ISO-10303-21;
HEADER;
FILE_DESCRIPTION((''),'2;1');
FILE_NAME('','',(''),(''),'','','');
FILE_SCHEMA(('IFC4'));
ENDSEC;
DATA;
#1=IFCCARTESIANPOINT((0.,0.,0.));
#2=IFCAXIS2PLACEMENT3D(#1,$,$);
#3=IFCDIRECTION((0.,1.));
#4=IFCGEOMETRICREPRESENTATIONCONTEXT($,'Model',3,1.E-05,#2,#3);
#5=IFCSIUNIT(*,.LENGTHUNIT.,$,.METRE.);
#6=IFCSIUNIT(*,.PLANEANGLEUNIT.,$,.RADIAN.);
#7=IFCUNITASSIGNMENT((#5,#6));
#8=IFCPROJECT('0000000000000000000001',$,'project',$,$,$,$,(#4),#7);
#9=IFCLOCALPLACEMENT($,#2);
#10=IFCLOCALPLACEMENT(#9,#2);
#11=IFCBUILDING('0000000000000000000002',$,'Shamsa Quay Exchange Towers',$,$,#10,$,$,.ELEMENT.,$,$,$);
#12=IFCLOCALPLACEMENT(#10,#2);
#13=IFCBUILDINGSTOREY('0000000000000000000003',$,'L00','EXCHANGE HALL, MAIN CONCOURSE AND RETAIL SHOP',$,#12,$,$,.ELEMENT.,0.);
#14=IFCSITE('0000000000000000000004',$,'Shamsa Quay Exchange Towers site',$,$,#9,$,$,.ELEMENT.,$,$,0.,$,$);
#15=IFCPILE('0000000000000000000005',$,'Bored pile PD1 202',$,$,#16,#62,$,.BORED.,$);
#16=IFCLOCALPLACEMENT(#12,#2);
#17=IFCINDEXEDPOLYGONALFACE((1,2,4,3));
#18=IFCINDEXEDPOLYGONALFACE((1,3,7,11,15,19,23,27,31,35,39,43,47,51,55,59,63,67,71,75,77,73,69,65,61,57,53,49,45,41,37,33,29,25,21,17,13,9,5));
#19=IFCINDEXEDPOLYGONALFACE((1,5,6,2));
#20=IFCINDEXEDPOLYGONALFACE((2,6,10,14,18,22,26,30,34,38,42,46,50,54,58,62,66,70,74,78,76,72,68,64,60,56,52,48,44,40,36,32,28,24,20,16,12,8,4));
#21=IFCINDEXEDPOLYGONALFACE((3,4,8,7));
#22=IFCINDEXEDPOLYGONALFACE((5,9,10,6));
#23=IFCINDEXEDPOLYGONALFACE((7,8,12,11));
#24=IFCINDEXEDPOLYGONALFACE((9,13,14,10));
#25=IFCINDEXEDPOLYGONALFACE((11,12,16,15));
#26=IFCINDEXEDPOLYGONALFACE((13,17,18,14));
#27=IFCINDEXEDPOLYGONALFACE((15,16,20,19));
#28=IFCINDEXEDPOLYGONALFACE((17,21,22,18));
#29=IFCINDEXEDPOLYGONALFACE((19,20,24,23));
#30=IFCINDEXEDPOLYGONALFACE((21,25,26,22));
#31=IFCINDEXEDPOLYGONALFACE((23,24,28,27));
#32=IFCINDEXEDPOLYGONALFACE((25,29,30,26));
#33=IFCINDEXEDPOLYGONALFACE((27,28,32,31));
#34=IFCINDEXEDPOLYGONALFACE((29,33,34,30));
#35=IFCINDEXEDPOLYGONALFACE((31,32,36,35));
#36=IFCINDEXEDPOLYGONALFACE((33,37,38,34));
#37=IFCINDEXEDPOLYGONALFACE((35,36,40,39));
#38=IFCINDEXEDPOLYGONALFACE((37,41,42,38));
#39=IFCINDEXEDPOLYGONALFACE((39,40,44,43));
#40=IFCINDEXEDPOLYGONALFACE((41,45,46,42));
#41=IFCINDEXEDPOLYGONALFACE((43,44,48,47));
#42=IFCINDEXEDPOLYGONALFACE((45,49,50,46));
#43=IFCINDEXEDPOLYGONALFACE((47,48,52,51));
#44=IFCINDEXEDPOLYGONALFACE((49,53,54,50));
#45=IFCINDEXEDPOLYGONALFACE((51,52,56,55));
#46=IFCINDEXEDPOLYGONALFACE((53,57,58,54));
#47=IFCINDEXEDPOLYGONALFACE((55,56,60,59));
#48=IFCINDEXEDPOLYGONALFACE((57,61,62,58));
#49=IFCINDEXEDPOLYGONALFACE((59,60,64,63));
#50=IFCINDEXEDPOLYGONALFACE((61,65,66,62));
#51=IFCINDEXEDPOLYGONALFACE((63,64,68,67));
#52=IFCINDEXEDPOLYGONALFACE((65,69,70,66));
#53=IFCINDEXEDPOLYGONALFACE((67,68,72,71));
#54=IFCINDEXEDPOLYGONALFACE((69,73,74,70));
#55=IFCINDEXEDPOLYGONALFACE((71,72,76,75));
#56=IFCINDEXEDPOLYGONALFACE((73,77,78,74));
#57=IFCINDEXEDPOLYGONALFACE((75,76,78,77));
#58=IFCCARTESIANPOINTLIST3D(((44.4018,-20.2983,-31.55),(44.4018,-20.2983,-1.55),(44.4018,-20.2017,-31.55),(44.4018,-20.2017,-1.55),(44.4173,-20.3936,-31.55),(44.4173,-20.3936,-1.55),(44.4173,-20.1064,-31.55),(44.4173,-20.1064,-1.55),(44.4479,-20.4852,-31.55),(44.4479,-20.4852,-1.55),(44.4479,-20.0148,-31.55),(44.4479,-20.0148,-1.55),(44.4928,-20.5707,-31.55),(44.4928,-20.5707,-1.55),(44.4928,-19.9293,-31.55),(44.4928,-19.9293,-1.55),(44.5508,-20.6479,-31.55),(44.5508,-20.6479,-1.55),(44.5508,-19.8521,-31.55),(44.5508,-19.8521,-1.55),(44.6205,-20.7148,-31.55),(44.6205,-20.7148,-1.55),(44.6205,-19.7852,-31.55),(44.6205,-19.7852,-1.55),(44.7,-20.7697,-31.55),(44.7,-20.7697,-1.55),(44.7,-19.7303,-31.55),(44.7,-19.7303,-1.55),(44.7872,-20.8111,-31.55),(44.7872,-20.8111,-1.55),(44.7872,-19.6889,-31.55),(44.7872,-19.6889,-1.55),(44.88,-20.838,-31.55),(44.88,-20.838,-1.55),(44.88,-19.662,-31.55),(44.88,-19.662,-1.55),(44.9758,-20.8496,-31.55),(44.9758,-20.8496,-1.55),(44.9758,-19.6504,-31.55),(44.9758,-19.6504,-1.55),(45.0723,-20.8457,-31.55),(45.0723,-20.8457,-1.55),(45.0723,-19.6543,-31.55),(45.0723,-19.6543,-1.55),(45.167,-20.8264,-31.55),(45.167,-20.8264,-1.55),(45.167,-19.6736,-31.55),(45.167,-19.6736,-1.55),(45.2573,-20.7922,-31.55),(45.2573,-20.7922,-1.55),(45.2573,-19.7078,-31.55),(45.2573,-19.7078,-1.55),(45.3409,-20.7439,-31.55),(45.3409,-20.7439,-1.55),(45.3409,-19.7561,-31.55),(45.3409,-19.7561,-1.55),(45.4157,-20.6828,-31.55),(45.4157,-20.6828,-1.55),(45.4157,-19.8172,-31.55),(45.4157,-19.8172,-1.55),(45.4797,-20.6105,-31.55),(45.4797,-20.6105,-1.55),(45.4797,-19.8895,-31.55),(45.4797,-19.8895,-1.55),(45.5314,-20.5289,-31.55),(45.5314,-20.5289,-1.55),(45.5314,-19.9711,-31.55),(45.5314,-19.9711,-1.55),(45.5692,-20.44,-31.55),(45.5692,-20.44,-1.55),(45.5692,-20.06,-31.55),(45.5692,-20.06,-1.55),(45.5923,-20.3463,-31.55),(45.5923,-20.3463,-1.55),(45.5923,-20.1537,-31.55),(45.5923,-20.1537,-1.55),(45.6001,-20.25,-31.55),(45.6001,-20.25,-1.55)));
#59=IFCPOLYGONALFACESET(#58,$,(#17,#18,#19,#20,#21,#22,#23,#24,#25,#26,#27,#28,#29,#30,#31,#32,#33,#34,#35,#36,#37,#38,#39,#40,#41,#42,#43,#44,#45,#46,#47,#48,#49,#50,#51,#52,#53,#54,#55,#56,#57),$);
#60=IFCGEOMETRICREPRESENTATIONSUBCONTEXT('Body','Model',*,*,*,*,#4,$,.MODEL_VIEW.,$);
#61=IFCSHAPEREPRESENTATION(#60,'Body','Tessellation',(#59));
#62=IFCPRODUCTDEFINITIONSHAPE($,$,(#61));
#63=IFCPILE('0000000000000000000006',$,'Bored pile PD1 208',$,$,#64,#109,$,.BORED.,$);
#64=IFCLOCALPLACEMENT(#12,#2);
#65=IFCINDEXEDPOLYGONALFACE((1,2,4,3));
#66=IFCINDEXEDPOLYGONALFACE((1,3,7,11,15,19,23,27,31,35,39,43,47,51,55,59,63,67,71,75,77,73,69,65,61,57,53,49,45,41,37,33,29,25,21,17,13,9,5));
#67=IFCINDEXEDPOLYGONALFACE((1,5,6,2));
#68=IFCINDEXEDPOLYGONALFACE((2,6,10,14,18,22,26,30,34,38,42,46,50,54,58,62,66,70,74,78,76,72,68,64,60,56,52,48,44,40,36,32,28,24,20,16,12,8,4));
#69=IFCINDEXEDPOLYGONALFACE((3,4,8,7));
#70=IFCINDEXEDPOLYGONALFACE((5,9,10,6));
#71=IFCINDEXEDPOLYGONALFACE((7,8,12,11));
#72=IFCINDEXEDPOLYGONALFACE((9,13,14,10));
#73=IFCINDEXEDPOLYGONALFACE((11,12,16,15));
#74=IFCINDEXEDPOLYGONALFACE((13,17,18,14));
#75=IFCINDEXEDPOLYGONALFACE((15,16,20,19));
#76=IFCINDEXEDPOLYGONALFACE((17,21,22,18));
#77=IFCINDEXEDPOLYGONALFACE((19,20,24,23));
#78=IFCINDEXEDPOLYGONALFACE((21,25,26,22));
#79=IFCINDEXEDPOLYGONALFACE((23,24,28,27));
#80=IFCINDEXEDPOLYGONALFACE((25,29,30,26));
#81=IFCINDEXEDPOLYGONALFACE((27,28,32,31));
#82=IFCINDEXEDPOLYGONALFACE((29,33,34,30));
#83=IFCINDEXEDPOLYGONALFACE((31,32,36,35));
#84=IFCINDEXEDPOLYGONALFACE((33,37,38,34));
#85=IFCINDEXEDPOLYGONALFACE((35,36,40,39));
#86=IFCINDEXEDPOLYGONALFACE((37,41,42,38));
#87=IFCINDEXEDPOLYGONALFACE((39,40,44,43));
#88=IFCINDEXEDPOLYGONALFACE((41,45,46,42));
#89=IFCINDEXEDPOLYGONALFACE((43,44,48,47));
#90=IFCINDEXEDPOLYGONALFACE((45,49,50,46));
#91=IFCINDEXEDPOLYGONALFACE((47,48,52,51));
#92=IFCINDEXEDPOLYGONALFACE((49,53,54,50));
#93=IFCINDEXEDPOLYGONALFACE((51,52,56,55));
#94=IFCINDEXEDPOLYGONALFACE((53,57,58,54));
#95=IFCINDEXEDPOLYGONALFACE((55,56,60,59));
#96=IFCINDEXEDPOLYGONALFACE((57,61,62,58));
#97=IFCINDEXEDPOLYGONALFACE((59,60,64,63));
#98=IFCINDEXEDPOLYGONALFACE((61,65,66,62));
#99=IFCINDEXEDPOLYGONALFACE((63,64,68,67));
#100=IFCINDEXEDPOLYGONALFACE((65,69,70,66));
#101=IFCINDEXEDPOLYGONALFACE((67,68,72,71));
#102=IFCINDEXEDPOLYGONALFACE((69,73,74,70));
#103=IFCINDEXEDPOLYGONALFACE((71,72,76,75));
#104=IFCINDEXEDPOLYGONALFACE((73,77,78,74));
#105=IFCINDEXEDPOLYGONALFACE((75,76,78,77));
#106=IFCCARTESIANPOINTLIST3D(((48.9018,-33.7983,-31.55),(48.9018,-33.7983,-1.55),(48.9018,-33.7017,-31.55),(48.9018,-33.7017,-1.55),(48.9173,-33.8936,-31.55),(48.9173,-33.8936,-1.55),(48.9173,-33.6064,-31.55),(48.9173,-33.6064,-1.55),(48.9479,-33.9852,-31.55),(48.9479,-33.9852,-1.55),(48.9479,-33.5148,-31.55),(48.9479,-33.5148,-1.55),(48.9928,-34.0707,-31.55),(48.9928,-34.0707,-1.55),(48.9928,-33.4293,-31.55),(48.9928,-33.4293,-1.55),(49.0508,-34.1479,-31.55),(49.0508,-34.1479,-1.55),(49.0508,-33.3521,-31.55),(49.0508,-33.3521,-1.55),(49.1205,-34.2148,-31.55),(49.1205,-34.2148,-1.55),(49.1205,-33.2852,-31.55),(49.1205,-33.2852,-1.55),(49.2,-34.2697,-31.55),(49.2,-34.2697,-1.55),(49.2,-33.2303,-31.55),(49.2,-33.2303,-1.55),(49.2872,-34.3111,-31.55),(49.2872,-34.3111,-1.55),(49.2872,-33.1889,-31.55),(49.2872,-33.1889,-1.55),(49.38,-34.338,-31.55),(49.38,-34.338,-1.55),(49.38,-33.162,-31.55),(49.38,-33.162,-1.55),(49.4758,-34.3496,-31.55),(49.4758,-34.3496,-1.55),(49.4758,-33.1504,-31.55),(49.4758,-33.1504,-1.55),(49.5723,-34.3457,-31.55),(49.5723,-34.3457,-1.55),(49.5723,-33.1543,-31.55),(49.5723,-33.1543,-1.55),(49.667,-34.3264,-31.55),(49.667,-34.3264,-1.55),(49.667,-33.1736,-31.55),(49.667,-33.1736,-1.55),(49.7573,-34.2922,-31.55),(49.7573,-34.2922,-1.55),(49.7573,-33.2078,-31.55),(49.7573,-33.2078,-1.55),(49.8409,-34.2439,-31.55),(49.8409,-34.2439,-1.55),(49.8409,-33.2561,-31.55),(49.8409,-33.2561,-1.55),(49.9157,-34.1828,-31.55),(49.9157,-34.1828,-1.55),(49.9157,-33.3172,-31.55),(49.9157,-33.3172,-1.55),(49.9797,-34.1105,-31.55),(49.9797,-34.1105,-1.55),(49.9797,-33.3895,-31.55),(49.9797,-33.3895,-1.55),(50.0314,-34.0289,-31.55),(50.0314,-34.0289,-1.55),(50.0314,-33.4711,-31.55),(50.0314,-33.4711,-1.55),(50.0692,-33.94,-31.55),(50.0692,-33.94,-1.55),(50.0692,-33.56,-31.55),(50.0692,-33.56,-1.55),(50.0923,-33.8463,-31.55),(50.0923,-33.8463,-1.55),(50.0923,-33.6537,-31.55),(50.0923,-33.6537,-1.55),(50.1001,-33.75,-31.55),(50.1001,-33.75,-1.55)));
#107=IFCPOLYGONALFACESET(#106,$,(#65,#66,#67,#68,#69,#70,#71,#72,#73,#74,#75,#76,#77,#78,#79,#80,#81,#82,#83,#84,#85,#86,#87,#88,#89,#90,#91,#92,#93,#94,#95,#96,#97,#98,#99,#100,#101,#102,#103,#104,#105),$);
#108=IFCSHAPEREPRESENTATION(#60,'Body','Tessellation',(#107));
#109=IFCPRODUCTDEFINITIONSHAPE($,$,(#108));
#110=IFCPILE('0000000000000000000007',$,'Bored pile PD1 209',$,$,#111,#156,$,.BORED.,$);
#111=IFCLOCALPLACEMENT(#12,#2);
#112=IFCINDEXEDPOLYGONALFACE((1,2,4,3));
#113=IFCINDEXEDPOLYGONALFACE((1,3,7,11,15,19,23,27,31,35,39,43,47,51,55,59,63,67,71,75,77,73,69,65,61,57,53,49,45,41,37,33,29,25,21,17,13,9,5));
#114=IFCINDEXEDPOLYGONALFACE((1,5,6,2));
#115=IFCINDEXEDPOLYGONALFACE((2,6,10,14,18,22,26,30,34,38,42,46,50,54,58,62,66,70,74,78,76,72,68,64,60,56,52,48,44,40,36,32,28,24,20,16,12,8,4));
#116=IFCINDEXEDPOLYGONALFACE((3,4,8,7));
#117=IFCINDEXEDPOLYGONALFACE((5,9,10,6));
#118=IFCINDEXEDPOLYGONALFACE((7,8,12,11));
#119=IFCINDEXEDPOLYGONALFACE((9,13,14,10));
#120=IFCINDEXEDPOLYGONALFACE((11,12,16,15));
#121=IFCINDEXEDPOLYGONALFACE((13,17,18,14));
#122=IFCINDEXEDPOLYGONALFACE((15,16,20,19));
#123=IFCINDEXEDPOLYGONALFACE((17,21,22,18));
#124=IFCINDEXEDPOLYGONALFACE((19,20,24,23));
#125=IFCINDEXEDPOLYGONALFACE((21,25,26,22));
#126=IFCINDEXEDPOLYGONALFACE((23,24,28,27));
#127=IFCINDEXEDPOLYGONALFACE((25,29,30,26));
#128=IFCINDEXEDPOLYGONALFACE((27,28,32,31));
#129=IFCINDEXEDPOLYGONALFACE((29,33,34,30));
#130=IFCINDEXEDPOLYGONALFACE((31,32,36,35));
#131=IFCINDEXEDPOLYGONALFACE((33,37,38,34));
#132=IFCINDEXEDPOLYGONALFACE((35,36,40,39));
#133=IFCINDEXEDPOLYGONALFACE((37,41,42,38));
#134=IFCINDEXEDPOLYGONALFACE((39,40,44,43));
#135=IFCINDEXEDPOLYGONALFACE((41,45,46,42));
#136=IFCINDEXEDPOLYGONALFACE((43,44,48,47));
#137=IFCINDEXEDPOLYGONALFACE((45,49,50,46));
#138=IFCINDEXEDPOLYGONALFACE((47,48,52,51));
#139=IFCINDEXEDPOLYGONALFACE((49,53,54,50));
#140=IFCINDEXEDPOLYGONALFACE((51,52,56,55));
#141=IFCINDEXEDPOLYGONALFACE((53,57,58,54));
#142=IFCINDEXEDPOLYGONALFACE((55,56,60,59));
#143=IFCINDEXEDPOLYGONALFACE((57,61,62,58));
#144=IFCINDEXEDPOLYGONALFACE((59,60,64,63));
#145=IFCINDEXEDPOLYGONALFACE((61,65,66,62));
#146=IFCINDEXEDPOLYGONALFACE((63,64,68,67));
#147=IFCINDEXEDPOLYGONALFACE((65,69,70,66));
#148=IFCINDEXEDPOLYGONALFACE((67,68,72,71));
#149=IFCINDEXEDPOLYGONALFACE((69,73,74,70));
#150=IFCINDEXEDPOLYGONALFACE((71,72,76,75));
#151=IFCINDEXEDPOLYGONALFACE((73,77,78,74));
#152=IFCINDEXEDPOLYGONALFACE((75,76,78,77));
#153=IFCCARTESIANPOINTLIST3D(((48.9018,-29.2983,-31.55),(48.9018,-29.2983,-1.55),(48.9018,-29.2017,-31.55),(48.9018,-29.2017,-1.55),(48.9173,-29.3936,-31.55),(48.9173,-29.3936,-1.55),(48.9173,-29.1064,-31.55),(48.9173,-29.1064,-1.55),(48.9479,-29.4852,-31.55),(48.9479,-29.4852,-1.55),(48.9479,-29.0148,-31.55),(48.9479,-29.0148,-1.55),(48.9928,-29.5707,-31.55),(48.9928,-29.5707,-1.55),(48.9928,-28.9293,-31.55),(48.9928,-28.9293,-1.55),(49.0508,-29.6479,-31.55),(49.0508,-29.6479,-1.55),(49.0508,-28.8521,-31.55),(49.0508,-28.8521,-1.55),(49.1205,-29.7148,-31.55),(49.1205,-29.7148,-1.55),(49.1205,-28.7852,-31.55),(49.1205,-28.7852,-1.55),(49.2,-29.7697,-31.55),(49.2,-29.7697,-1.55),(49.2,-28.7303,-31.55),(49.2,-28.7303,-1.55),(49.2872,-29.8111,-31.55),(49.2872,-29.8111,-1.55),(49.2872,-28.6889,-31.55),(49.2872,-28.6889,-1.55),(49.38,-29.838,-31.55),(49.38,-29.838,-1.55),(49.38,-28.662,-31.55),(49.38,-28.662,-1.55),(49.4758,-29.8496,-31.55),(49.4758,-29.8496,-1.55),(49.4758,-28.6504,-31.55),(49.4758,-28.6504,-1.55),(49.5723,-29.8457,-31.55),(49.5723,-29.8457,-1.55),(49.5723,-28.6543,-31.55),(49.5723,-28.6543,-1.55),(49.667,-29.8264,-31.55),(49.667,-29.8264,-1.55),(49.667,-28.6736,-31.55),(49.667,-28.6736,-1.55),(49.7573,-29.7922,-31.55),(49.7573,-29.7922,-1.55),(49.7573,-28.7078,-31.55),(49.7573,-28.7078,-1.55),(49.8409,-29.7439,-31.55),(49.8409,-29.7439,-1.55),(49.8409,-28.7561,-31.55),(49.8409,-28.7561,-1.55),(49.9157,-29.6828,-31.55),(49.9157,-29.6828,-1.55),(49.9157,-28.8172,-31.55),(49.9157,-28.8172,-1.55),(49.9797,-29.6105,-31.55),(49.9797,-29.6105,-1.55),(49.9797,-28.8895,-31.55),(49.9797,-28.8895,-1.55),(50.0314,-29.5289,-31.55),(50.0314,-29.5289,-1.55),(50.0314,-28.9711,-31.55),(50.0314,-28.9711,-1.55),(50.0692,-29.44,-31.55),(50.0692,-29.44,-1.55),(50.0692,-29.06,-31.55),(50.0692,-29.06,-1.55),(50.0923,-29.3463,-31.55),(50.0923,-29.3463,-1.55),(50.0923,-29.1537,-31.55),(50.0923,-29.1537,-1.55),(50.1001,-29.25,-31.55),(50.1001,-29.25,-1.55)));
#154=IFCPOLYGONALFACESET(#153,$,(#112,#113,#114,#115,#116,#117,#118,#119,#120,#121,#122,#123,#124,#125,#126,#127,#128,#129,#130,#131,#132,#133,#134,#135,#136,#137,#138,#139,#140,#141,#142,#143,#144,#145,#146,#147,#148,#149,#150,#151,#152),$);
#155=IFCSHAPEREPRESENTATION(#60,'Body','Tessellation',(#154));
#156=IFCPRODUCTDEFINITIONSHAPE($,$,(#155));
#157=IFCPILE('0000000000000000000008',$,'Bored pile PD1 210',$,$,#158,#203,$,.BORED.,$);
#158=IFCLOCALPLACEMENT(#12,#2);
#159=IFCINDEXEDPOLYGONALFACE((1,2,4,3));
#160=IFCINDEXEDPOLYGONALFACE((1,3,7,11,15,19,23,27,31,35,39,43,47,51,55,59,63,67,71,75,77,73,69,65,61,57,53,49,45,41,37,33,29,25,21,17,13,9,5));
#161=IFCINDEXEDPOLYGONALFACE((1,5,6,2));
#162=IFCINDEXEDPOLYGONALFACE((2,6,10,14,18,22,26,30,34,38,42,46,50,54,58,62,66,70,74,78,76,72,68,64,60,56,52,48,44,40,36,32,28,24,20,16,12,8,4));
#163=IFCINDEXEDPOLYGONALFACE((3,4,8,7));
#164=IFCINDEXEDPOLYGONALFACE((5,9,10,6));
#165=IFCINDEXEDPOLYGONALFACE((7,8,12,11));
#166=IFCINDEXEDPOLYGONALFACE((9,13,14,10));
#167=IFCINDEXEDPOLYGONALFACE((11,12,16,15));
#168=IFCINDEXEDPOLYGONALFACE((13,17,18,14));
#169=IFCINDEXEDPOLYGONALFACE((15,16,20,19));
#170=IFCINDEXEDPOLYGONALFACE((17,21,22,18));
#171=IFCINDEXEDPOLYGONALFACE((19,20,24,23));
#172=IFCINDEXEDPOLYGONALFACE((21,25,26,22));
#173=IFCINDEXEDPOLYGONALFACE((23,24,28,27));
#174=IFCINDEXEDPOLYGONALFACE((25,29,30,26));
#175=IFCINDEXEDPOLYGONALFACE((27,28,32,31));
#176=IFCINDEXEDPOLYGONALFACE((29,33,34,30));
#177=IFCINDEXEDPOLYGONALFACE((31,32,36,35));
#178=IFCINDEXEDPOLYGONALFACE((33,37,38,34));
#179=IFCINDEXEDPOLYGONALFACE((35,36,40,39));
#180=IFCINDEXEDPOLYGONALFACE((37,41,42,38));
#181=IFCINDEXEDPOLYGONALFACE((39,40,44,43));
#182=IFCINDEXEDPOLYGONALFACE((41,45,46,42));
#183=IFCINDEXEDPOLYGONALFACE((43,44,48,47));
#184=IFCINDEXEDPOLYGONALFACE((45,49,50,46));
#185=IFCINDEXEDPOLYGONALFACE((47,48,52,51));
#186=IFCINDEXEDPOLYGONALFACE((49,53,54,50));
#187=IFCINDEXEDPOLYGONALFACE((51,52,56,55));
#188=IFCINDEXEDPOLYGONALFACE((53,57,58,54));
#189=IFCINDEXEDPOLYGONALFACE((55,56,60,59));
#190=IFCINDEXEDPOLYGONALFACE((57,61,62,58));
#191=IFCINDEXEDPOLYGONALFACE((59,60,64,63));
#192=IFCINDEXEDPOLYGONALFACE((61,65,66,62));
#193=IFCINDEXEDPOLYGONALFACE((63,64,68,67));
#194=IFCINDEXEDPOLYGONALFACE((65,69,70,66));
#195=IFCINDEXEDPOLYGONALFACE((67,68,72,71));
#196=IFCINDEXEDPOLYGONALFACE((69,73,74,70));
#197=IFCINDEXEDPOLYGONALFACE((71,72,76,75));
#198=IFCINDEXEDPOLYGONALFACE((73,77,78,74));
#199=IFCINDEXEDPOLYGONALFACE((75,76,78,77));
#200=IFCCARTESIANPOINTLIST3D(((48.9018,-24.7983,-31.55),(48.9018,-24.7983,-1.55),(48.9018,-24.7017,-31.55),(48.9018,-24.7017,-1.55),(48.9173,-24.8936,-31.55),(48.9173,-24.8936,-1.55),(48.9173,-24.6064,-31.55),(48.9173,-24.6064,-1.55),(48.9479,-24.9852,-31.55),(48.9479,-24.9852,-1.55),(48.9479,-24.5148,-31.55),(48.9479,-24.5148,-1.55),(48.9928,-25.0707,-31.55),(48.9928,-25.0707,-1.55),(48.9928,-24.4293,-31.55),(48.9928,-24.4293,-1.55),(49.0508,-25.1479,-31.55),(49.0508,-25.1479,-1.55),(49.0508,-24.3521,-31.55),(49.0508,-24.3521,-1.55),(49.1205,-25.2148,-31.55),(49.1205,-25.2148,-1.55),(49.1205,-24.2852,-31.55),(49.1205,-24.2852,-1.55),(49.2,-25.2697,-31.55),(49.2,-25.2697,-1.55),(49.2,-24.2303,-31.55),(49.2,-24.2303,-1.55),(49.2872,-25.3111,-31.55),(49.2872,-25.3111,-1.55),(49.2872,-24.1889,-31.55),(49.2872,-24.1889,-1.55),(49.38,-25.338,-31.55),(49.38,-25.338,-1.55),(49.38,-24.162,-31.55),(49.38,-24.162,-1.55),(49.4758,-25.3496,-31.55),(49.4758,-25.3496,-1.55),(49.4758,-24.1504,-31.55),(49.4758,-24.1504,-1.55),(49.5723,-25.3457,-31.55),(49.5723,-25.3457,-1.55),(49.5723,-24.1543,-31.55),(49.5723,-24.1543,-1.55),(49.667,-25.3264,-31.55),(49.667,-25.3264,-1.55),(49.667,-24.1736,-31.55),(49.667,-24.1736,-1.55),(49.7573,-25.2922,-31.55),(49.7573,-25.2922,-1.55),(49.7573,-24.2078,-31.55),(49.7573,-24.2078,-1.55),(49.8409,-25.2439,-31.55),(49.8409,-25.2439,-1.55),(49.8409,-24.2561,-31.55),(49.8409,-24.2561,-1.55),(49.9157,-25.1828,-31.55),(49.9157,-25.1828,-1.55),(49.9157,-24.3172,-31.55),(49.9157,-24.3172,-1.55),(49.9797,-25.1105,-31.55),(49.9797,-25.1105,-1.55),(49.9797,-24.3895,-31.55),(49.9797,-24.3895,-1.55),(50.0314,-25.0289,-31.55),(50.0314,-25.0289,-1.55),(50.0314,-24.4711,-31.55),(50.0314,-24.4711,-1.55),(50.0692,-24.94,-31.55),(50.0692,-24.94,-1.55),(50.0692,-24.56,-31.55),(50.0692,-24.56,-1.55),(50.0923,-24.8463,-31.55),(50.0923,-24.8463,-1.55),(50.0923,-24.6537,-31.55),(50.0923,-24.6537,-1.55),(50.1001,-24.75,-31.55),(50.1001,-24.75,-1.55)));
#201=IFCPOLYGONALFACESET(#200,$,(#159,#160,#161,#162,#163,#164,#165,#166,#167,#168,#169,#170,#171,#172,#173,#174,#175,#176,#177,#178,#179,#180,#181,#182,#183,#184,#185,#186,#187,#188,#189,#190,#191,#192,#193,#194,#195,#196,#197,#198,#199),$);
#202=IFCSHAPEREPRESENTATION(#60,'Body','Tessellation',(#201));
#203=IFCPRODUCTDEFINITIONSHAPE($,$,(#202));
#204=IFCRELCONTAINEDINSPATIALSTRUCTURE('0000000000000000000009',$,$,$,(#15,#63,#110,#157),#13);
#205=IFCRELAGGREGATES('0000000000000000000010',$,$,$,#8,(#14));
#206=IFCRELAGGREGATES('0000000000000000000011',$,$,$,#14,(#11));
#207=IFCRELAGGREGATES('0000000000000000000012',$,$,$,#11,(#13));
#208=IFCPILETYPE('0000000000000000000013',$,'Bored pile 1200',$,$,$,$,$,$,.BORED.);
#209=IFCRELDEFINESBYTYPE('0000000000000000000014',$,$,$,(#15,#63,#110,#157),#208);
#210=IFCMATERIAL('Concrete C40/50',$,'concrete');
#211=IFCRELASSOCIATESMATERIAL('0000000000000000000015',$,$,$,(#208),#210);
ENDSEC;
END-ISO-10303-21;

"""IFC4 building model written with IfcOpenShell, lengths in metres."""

from ifc_helpers import new_model, si_unit, direction, frame, origin, origin_2d, place, context, subcontext, project, spatial, circle, extrude, material, material_profile, profile_set, type_object, element, save


model = new_model("IFC4")

# Units and contexts
model_context = context("Model", 3, precision=1e-05, world=origin(), true_north=direction((0.0, 1.0)))
body_context = subcontext(model_context, "Body", "Model", "MODEL_VIEW")
ifc_project = project(units=[si_unit("LENGTHUNIT", "METRE"), si_unit("PLANEANGLEUNIT", "RADIAN")], contexts=[model_context])

# Site, building, storey
site_placement = place(None, origin())
site = spatial("IfcSite", under=ifc_project, at=site_placement, Name="Shamsa Quay Exchange Towers site", CompositionType="ELEMENT", RefElevation=0.0)
building_placement = place(site_placement, origin())
building = spatial("IfcBuilding", under=site, at=building_placement, Name="Shamsa Quay Exchange Towers", CompositionType="ELEMENT")
storey_placement = place(building_placement, origin())
storey = spatial("IfcBuildingStorey", under=building, at=storey_placement, Name="L00", Description="EXCHANGE HALL, MAIN CONCOURSE AND RETAIL SHOP", CompositionType="ELEMENT", Elevation=0.0)

# Piles
ifc_material_1 = material(Name="Concrete C40/50", Category="concrete")
ifc_material_profile_1 = material_profile(ifc_material_1, circle(Radius=0.6001, at=origin_2d()), Name="BP1200")
ifc_profile_set_1 = profile_set([ifc_material_profile_1], Name="Concrete C40/50")
pile_type_1 = type_object("IfcPileType", Name="Bored pile 1200", PredefinedType="BORED", material=ifc_profile_set_1)
for number, where, z_axis, x_axis, name in (
    (1, (45.0, -20.25, -1.55), (0.0, 0.0, -1.0), (1.0, 0.0, 0.0), "Bored pile PD1 202"),
    (2, (49.5, -33.75, -1.55), (0.0, 0.0, -1.0), (1.0, 0.0, 0.0), "Bored pile PD1 208"),
    (3, (49.5, -29.25, -1.55), (0.0, 0.0, -1.0), (1.0, 0.0, 0.0), "Bored pile PD1 209"),
    (4, (49.5, -24.75, -1.55), (0.0, 0.0, -1.0), (1.0, 0.0, 0.0), "Bored pile PD1 210"),
):
    element("IfcPile", number, at=place(storey_placement, frame(where, z_axis=z_axis, x_axis=x_axis)), inside=storey, type_object=pile_type_1, Name=name, PredefinedType="BORED", context=body_context, shape_type="SweptSolid", body=[
        extrude(circle(Radius=0.6001, at=origin_2d()), origin(), (0.0, 0.0, 1.0), 30.0),
    ])

save(model, "model.ifc")
